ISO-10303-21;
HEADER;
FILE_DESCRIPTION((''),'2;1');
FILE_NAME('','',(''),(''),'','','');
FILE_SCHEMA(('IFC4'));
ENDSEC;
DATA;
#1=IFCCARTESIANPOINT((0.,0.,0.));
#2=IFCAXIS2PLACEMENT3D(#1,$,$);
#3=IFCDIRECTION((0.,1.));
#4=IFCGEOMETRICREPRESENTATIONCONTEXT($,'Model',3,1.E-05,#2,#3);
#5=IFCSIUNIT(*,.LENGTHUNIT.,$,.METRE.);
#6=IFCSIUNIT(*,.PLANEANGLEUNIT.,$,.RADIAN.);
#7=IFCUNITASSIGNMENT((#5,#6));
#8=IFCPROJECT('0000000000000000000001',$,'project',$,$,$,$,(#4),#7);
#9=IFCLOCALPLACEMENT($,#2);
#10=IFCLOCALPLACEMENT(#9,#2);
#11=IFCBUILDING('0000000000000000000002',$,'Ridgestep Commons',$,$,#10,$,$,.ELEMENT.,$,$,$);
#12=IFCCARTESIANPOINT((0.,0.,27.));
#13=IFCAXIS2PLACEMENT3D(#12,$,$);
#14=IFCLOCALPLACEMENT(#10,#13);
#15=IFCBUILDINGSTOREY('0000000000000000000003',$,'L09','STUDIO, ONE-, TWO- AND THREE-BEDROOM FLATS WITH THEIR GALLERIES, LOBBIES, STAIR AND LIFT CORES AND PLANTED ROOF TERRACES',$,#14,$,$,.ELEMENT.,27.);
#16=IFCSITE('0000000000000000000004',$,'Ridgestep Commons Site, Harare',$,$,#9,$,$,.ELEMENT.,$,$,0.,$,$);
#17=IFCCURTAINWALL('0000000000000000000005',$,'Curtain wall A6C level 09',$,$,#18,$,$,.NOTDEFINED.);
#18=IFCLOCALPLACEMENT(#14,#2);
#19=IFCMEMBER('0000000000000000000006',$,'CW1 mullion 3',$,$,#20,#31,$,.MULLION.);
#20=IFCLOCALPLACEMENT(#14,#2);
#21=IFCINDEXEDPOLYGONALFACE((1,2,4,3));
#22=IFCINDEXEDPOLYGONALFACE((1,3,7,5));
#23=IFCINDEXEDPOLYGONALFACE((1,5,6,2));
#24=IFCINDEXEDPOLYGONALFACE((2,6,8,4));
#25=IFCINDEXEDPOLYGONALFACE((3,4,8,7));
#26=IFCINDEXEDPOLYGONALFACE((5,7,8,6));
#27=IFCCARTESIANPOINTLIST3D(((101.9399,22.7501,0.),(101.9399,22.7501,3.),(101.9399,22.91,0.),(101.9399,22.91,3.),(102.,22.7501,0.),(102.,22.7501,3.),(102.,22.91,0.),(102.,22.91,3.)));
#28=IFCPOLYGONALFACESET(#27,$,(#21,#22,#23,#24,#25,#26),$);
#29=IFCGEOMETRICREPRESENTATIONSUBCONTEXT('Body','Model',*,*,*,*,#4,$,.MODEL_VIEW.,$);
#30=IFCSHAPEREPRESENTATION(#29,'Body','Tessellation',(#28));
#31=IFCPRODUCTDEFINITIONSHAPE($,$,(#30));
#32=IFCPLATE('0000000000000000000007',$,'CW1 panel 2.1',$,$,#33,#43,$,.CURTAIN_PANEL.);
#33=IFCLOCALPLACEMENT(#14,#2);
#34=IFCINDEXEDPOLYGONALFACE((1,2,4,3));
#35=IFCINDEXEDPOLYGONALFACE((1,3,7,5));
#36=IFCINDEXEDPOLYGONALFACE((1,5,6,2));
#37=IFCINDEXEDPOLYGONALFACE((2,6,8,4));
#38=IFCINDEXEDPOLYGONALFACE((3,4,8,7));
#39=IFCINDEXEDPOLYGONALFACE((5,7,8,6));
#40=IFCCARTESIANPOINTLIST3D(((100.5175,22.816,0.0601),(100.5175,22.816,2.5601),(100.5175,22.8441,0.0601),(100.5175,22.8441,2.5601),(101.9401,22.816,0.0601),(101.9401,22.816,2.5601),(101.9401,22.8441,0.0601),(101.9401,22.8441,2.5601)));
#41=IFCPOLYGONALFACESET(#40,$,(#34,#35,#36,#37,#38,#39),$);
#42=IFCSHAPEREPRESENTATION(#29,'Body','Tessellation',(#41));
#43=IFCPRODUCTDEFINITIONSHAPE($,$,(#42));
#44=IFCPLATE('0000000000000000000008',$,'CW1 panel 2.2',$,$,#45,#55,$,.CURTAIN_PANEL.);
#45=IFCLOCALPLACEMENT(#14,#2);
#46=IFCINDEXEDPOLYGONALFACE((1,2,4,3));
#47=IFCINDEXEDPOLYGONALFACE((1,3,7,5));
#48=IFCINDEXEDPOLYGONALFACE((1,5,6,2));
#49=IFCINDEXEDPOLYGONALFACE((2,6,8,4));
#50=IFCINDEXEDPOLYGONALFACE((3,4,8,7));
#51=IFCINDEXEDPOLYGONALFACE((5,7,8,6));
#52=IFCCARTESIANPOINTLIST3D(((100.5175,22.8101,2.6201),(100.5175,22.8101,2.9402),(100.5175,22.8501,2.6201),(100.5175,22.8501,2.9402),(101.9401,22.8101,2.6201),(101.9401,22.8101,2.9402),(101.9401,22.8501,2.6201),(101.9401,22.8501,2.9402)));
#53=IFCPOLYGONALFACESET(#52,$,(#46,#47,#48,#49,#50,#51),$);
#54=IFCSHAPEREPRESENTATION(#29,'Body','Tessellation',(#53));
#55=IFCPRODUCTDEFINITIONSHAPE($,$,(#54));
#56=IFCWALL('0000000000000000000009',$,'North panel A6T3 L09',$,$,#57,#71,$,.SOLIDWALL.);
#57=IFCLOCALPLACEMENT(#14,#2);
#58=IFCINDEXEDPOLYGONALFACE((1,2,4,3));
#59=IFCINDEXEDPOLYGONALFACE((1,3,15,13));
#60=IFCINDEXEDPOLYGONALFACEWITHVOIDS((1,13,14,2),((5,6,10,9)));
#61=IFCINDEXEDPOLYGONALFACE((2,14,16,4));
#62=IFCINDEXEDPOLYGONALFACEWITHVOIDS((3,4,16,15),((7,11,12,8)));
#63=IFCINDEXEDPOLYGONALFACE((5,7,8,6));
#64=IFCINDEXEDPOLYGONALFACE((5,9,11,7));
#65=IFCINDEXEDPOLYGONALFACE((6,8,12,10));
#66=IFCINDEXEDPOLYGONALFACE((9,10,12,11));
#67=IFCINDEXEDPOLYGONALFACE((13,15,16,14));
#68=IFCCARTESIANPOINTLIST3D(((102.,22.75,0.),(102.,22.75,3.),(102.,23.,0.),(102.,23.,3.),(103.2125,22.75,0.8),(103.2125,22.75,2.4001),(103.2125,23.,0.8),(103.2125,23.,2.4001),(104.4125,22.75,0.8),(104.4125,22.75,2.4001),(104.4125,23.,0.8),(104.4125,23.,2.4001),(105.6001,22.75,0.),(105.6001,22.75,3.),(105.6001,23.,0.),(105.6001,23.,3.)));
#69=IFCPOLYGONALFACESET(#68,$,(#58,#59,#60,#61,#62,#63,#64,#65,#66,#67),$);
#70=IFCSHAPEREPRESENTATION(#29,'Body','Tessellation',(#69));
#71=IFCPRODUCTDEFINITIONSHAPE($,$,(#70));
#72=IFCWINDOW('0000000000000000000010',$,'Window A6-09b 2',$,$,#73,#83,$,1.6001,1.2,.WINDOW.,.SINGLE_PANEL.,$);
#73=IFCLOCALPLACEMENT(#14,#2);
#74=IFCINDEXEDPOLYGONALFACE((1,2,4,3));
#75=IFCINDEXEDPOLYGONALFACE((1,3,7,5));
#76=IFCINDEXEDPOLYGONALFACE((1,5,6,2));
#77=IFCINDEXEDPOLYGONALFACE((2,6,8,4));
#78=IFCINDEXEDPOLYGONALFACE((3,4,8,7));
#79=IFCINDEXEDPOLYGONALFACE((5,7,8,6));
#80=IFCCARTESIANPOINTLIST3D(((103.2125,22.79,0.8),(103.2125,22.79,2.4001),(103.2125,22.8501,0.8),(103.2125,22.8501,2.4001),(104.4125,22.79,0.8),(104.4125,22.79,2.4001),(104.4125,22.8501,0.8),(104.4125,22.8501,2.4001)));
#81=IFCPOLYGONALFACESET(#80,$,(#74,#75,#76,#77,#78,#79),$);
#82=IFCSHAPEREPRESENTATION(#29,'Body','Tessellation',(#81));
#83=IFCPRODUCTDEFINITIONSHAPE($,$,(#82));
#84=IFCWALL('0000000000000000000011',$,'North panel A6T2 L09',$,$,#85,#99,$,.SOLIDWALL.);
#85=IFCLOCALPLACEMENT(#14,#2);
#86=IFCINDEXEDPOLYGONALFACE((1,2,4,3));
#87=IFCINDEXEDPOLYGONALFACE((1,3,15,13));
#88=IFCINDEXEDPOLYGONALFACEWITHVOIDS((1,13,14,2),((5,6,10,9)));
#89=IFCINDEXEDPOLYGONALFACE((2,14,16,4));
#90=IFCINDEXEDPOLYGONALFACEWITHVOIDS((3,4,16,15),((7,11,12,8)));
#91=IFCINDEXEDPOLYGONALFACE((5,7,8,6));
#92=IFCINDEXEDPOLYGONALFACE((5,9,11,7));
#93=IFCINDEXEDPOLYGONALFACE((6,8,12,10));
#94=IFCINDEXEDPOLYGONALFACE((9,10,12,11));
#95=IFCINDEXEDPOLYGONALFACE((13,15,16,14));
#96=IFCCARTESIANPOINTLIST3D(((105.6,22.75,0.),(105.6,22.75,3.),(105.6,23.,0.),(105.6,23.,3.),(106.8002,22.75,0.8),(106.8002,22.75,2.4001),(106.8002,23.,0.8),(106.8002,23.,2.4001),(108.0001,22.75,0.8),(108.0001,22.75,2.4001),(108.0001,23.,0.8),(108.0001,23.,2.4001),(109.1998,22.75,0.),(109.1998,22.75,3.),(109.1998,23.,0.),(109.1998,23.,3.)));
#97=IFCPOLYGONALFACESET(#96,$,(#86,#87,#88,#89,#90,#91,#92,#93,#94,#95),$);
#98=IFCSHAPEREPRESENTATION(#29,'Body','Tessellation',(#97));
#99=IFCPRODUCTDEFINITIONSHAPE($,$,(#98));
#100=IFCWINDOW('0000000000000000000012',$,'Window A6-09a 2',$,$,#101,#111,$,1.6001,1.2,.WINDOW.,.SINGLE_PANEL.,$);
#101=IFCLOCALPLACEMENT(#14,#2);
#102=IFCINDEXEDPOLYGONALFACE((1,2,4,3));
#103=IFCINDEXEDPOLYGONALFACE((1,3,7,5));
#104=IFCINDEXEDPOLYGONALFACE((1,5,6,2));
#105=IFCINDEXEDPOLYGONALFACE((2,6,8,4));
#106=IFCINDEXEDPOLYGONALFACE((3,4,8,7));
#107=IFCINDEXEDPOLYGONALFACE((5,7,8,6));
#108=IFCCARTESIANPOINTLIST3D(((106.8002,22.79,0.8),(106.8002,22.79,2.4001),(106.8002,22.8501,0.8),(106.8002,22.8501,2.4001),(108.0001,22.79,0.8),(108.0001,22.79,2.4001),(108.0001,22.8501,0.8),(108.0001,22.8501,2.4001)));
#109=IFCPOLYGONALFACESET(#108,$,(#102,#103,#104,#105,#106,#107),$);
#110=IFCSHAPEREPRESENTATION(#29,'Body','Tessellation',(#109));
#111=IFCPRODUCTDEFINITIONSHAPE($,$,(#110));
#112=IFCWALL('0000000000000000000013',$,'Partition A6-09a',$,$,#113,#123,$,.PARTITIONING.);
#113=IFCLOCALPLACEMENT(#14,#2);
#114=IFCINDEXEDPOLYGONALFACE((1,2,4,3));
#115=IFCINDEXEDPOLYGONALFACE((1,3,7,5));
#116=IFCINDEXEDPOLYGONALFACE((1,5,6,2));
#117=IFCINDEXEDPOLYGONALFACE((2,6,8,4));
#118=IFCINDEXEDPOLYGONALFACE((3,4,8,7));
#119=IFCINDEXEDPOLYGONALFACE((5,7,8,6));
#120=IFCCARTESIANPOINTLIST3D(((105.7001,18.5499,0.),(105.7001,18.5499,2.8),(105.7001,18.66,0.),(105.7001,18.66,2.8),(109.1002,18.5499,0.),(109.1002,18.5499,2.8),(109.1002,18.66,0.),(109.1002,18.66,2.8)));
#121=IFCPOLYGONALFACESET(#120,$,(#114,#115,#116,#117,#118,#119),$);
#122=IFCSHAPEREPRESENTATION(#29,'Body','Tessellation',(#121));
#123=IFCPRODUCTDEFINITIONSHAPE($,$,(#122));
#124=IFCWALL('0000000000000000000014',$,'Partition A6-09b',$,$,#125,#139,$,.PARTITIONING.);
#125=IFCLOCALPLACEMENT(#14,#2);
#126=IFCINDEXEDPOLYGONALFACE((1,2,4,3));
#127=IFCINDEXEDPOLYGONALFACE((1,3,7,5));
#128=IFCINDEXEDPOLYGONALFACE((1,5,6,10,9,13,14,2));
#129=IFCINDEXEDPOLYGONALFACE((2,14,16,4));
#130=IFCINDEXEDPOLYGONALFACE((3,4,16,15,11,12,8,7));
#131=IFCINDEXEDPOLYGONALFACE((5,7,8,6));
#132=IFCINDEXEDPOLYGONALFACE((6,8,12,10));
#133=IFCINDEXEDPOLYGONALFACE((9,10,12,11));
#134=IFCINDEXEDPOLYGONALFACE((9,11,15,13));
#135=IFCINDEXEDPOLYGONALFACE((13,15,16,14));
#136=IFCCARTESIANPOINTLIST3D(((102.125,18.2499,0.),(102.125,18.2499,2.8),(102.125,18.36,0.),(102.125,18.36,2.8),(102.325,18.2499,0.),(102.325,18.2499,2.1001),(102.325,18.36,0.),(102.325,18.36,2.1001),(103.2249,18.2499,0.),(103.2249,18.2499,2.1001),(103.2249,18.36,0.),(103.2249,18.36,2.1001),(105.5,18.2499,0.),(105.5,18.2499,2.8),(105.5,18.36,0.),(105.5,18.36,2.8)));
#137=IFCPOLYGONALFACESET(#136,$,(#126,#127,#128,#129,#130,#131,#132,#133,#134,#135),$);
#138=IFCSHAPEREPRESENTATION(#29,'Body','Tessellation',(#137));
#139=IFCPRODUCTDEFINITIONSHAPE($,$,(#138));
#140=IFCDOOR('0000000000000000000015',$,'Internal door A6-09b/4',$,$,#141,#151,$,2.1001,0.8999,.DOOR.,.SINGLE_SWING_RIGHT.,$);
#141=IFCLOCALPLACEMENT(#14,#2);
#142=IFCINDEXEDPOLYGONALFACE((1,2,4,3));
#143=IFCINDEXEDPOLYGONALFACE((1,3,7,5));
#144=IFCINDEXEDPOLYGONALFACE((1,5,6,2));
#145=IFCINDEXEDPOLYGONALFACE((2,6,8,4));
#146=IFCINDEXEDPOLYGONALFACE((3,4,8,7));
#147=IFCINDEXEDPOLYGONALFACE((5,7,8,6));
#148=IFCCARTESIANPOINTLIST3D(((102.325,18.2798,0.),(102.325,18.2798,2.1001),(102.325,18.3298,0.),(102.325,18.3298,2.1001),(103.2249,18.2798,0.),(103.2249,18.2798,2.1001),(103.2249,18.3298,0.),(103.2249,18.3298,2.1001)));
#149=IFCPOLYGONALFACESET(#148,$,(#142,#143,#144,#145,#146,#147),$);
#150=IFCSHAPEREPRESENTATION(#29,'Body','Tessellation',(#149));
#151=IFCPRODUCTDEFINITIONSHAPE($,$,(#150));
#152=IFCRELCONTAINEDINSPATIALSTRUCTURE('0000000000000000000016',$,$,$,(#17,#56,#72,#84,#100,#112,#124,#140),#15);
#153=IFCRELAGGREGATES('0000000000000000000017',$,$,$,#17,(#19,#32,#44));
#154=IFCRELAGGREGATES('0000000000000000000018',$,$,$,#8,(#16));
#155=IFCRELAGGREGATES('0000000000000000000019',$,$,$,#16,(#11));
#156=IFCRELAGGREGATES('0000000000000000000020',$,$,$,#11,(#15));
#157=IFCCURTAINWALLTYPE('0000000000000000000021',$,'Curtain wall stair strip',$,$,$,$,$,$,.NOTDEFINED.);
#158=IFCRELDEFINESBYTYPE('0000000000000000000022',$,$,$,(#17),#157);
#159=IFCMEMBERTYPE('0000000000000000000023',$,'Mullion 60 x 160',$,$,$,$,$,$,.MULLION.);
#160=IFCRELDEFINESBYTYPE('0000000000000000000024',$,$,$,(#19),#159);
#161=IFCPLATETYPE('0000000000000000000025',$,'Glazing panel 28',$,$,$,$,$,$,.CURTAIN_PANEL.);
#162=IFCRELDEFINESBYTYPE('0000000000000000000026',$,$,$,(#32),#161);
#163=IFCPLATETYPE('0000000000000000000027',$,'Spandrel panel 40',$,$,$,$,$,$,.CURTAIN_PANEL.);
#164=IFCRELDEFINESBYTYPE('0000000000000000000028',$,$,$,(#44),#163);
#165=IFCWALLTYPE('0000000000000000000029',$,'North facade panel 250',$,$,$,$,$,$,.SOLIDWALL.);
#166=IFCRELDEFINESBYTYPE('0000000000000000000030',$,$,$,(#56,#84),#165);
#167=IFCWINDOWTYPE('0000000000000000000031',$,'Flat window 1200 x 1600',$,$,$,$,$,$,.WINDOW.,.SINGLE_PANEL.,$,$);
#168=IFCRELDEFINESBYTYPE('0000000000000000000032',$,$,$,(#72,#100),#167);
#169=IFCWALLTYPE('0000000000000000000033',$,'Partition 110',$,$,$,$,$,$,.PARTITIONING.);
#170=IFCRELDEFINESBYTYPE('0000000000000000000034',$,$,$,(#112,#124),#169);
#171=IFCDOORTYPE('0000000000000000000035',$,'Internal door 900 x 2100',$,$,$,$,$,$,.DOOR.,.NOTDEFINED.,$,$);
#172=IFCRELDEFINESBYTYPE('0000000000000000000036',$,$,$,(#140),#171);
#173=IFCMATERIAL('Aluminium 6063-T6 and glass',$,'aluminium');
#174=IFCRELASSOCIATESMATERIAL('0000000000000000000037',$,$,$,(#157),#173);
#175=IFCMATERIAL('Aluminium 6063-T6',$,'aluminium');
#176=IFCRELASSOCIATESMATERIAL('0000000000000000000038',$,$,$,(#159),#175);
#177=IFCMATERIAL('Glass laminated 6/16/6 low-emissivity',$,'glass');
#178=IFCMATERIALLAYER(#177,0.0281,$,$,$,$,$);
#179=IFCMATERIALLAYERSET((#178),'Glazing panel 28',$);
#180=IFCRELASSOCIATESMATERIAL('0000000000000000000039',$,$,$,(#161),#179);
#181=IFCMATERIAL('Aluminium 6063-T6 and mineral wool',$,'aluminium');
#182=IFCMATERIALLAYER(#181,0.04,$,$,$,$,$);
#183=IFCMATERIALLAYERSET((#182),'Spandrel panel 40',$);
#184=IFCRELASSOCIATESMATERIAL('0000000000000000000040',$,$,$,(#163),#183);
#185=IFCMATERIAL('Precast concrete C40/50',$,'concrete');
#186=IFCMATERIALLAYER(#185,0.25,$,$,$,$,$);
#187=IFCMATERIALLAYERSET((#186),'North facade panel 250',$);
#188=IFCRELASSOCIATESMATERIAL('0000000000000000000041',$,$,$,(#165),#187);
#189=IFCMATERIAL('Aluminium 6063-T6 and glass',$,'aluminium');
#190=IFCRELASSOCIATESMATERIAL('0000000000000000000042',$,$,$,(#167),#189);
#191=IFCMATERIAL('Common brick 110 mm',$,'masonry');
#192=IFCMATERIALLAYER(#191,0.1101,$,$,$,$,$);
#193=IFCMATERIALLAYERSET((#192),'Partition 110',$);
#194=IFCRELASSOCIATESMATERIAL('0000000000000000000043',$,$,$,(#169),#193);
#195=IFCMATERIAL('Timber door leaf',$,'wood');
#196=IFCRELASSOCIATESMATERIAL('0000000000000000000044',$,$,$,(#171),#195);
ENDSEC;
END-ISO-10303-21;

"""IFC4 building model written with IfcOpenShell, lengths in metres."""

from ifc_helpers import new_model, si_unit, direction, frame, frame_2d, origin, origin_2d, place, context, subcontext, project, spatial, rectangle, extrude, material, layer, layer_set, material_profile, profile_set, type_object, element, fill, aggregate, save


model = new_model("IFC4")

# Units and contexts
model_context = context("Model", 3, precision=1e-05, world=origin(), true_north=direction((0.0, 1.0)))
body_context = subcontext(model_context, "Body", "Model", "MODEL_VIEW")
ifc_project = project(units=[si_unit("LENGTHUNIT", "METRE"), si_unit("PLANEANGLEUNIT", "RADIAN")], contexts=[model_context])

# Site, building, storey
site_placement = place(None, origin())
site = spatial("IfcSite", under=ifc_project, at=site_placement, Name="Ridgestep Commons Site, Harare", CompositionType="ELEMENT", RefElevation=0.0)
building_placement = place(site_placement, origin())
building = spatial("IfcBuilding", under=site, at=building_placement, Name="Ridgestep Commons", CompositionType="ELEMENT")
storey_placement = place(building_placement, frame((0.0, 0.0, 27.0)))
storey = spatial("IfcBuildingStorey", under=building, at=storey_placement, Name="L09", Description="STUDIO, ONE-, TWO- AND THREE-BEDROOM FLATS WITH THEIR GALLERIES, LOBBIES, STAIR AND LIFT CORES AND PLANTED ROOF TERRACES", CompositionType="ELEMENT", Elevation=27.0)

# Curtain wall, member, plates
ifc_material_1 = material(Name="Aluminium 6063-T6 and glass", Category="aluminium")
curtain_wall_type = type_object("IfcCurtainWallType", Name="Curtain wall stair strip", PredefinedType="NOTDEFINED", material=ifc_material_1)
curtain_wall_placement = place(storey_placement, origin())
curtain_wall = element("IfcCurtainWall", 1, at=curtain_wall_placement, inside=storey, type_object=curtain_wall_type, Name="Curtain wall A6C level 09", PredefinedType="NOTDEFINED")
ifc_material_2 = material(Name="Aluminium 6063-T6", Category="aluminium")
ifc_material_profile = material_profile(ifc_material_2, rectangle(XDim=0.1599, YDim=0.0601, at=origin_2d()), Name="Mullion 60 x 160")
ifc_profile_set = profile_set([ifc_material_profile], Name="Aluminium 6063-T6")
member_type = type_object("IfcMemberType", Name="Mullion 60 x 160", PredefinedType="MULLION", material=ifc_profile_set)
member_placement = place(storey_placement, frame((101.97, 22.8301, 0.0), z_axis=(0.0, 0.0, 1.0), x_axis=(0.0, 1.0, 0.0)))
member = element("IfcMember", 2, at=member_placement, type_object=member_type, Name="CW1 mullion 3", PredefinedType="MULLION", context=body_context, shape_type="SweptSolid", body=[
    extrude(rectangle(XDim=0.1599, YDim=0.0601, at=origin_2d()), origin(), (0.0, 0.0, 1.0), 3.0),
])
ifc_material_3 = material(Name="Glass laminated 6/16/6 low-emissivity", Category="glass")
ifc_layer_1 = layer(ifc_material_3, 0.0281)
ifc_layer_set_1 = layer_set([ifc_layer_1], Name="Glazing panel 28")
plate_type_1 = type_object("IfcPlateType", Name="Glazing panel 28", PredefinedType="CURTAIN_PANEL", material=ifc_layer_set_1)
plate_1_placement = place(storey_placement, frame((101.2288, 22.8301, 0.0601), z_axis=(0.0, 0.0, 1.0), x_axis=(1.0, 0.0, 0.0)))
plate_1 = element("IfcPlate", 3, at=plate_1_placement, type_object=plate_type_1, Name="CW1 panel 2.1", PredefinedType="CURTAIN_PANEL", context=body_context, shape_type="SweptSolid", body=[
    extrude(rectangle(XDim=1.4226, YDim=0.0281, at=origin_2d()), origin(), (0.0, 0.0, 1.0), 2.5),
])
ifc_material_4 = material(Name="Aluminium 6063-T6 and mineral wool", Category="aluminium")
ifc_layer_2 = layer(ifc_material_4, 0.04)
ifc_layer_set_2 = layer_set([ifc_layer_2], Name="Spandrel panel 40")
plate_type_2 = type_object("IfcPlateType", Name="Spandrel panel 40", PredefinedType="CURTAIN_PANEL", material=ifc_layer_set_2)
plate_2_placement = place(storey_placement, frame((101.2288, 22.8301, 2.6201), z_axis=(0.0, 0.0, 1.0), x_axis=(1.0, 0.0, 0.0)))
plate_2 = element("IfcPlate", 4, at=plate_2_placement, type_object=plate_type_2, Name="CW1 panel 2.2", PredefinedType="CURTAIN_PANEL", context=body_context, shape_type="SweptSolid", body=[
    extrude(rectangle(XDim=1.4226, YDim=0.04, at=origin_2d()), origin(), (0.0, 0.0, 1.0), 0.3201),
])
aggregate(curtain_wall, [member, plate_1, plate_2])

# Walls, openings, windows
ifc_material_5 = material(Name="Precast concrete C40/50", Category="concrete")
ifc_layer_3 = layer(ifc_material_5, 0.25)
ifc_layer_set_3 = layer_set([ifc_layer_3], Name="North facade panel 250")
wall_type_1 = type_object("IfcWallType", Name="North facade panel 250", PredefinedType="SOLIDWALL", material=ifc_layer_set_3)
wall_1_placement = place(storey_placement, frame((102.0, 22.875, 0.0), z_axis=(0.0, 0.0, 1.0), x_axis=(1.0, 0.0, 0.0)))
wall_1 = element("IfcWall", 5, at=wall_1_placement, inside=storey, type_object=wall_type_1, Name="North panel A6T3 L09", PredefinedType="SOLIDWALL", context=body_context, shape_type="SweptSolid", body=[
    extrude(rectangle(XDim=3.6001, YDim=0.25, at=frame_2d((1.8, 0.0))), origin(), (0.0, 0.0, 1.0), 3.0),
])
opening_1_placement = place(wall_1_placement, frame((1.2124, 0.0, 0.8)))
opening_1 = element("IfcOpeningElement", 6, at=opening_1_placement, cuts=wall_1, PredefinedType="OPENING", context=body_context, shape_type="SweptSolid", body=[
    extrude(rectangle(XDim=1.2, YDim=1.6001, at=frame_2d((0.6001, 0.8))), frame((0.0, 0.135, 0.0), z_axis=(0.0, -1.0, 0.0), x_axis=(1.0, 0.0, 0.0)), (0.0, 0.0, 1.0), 0.27),
])
ifc_material_6 = material(Name="Aluminium 6063-T6 and glass", Category="aluminium")
window_type = type_object("IfcWindowType", Name="Flat window 1200 x 1600", PartitioningType="SINGLE_PANEL", PredefinedType="WINDOW", material=ifc_material_6)
window_1_placement = place(opening_1_placement, origin())
window_1 = element("IfcWindow", 7, at=window_1_placement, inside=storey, type_object=window_type, Name="Window A6-09b 2", OverallHeight=1.6001, OverallWidth=1.2, PartitioningType="SINGLE_PANEL", PredefinedType="WINDOW", context=body_context, shape_type="SweptSolid", body=[
    extrude(rectangle(XDim=1.2, YDim=1.6001, at=frame_2d((0.6001, 0.8))), frame((0.0, -0.0249, 0.0), z_axis=(0.0, -1.0, 0.0), x_axis=(1.0, 0.0, 0.0)), (0.0, 0.0, 1.0), 0.0601),
])
fill(opening_1, window_1)
wall_2_placement = place(storey_placement, frame((105.6001, 22.875, 0.0), z_axis=(0.0, 0.0, 1.0), x_axis=(1.0, 0.0, 0.0)))
wall_2 = element("IfcWall", 8, at=wall_2_placement, inside=storey, type_object=wall_type_1, Name="North panel A6T2 L09", PredefinedType="SOLIDWALL", context=body_context, shape_type="SweptSolid", body=[
    extrude(rectangle(XDim=3.5999, YDim=0.25, at=frame_2d((1.7998, 0.0))), origin(), (0.0, 0.0, 1.0), 3.0),
])
opening_2_placement = place(wall_2_placement, frame((1.2, 0.0, 0.8)))
opening_2 = element("IfcOpeningElement", 9, at=opening_2_placement, cuts=wall_2, PredefinedType="OPENING", context=body_context, shape_type="SweptSolid", body=[
    extrude(rectangle(XDim=1.2, YDim=1.6001, at=frame_2d((0.6001, 0.8))), frame((0.0, 0.135, 0.0), z_axis=(0.0, -1.0, 0.0), x_axis=(1.0, 0.0, 0.0)), (0.0, 0.0, 1.0), 0.27),
])
window_2_placement = place(opening_2_placement, origin())
window_2 = element("IfcWindow", 10, at=window_2_placement, inside=storey, type_object=window_type, Name="Window A6-09a 2", OverallHeight=1.6001, OverallWidth=1.2, PartitioningType="SINGLE_PANEL", PredefinedType="WINDOW", context=body_context, shape_type="SweptSolid", body=[
    extrude(rectangle(XDim=1.2, YDim=1.6001, at=frame_2d((0.6001, 0.8))), frame((0.0, -0.0249, 0.0), z_axis=(0.0, -1.0, 0.0), x_axis=(1.0, 0.0, 0.0)), (0.0, 0.0, 1.0), 0.0601),
])
fill(opening_2, window_2)

# Wall
ifc_material_7 = material(Name="Common brick 110 mm", Category="masonry")
ifc_layer_4 = layer(ifc_material_7, 0.1101)
ifc_layer_set_4 = layer_set([ifc_layer_4], Name="Partition 110")
wall_type_2 = type_object("IfcWallType", Name="Partition 110", PredefinedType="PARTITIONING", material=ifc_layer_set_4)
wall_3_placement = place(storey_placement, frame((105.7, 18.605, 0.0), z_axis=(0.0, 0.0, 1.0), x_axis=(1.0, 0.0, 0.0)))
element("IfcWall", 11, at=wall_3_placement, inside=storey, type_object=wall_type_2, Name="Partition A6-09a", PredefinedType="PARTITIONING", context=body_context, shape_type="SweptSolid", body=[
    extrude(rectangle(XDim=3.4001, YDim=0.1101, at=frame_2d((1.7002, 0.0))), origin(), (0.0, 0.0, 1.0), 2.8),
])

# Wall, opening, door
wall_4_placement = place(storey_placement, frame((102.125, 18.3049, 0.0), z_axis=(0.0, 0.0, 1.0), x_axis=(1.0, 0.0, 0.0)))
wall_4 = element("IfcWall", 12, at=wall_4_placement, inside=storey, type_object=wall_type_2, Name="Partition A6-09b", PredefinedType="PARTITIONING", context=body_context, shape_type="SweptSolid", body=[
    extrude(rectangle(XDim=3.375, YDim=0.1101, at=frame_2d((1.6875, 0.0))), origin(), (0.0, 0.0, 1.0), 2.8),
])
opening_3_placement = place(wall_4_placement, frame((0.2, 0.0, 0.0)))
opening_3 = element("IfcOpeningElement", 13, at=opening_3_placement, cuts=wall_4, PredefinedType="OPENING", context=body_context, shape_type="SweptSolid", body=[
    extrude(rectangle(XDim=0.8999, YDim=2.1001, at=frame_2d((0.45, 1.05))), frame((0.0, 0.0649, 0.0), z_axis=(0.0, -1.0, 0.0), x_axis=(1.0, 0.0, 0.0)), (0.0, 0.0, 1.0), 0.1301),
])
ifc_material_8 = material(Name="Timber door leaf", Category="wood")
door_type = type_object("IfcDoorType", Name="Internal door 900 x 2100", OperationType="NOTDEFINED", PredefinedType="DOOR", material=ifc_material_8)
door_placement = place(opening_3_placement, origin())
door = element("IfcDoor", 14, at=door_placement, inside=storey, type_object=door_type, Name="Internal door A6-09b/4", OperationType="SINGLE_SWING_RIGHT", OverallHeight=2.1001, OverallWidth=0.8999, PredefinedType="DOOR", context=body_context, shape_type="SweptSolid", body=[
    extrude(rectangle(XDim=0.8999, YDim=2.1001, at=frame_2d((0.45, 1.05))), frame((0.0, 0.0249, 0.0), z_axis=(0.0, -1.0, 0.0), x_axis=(1.0, 0.0, 0.0)), (0.0, 0.0, 1.0), 0.05),
])
fill(opening_3, door)

save(model, "model.ifc")
